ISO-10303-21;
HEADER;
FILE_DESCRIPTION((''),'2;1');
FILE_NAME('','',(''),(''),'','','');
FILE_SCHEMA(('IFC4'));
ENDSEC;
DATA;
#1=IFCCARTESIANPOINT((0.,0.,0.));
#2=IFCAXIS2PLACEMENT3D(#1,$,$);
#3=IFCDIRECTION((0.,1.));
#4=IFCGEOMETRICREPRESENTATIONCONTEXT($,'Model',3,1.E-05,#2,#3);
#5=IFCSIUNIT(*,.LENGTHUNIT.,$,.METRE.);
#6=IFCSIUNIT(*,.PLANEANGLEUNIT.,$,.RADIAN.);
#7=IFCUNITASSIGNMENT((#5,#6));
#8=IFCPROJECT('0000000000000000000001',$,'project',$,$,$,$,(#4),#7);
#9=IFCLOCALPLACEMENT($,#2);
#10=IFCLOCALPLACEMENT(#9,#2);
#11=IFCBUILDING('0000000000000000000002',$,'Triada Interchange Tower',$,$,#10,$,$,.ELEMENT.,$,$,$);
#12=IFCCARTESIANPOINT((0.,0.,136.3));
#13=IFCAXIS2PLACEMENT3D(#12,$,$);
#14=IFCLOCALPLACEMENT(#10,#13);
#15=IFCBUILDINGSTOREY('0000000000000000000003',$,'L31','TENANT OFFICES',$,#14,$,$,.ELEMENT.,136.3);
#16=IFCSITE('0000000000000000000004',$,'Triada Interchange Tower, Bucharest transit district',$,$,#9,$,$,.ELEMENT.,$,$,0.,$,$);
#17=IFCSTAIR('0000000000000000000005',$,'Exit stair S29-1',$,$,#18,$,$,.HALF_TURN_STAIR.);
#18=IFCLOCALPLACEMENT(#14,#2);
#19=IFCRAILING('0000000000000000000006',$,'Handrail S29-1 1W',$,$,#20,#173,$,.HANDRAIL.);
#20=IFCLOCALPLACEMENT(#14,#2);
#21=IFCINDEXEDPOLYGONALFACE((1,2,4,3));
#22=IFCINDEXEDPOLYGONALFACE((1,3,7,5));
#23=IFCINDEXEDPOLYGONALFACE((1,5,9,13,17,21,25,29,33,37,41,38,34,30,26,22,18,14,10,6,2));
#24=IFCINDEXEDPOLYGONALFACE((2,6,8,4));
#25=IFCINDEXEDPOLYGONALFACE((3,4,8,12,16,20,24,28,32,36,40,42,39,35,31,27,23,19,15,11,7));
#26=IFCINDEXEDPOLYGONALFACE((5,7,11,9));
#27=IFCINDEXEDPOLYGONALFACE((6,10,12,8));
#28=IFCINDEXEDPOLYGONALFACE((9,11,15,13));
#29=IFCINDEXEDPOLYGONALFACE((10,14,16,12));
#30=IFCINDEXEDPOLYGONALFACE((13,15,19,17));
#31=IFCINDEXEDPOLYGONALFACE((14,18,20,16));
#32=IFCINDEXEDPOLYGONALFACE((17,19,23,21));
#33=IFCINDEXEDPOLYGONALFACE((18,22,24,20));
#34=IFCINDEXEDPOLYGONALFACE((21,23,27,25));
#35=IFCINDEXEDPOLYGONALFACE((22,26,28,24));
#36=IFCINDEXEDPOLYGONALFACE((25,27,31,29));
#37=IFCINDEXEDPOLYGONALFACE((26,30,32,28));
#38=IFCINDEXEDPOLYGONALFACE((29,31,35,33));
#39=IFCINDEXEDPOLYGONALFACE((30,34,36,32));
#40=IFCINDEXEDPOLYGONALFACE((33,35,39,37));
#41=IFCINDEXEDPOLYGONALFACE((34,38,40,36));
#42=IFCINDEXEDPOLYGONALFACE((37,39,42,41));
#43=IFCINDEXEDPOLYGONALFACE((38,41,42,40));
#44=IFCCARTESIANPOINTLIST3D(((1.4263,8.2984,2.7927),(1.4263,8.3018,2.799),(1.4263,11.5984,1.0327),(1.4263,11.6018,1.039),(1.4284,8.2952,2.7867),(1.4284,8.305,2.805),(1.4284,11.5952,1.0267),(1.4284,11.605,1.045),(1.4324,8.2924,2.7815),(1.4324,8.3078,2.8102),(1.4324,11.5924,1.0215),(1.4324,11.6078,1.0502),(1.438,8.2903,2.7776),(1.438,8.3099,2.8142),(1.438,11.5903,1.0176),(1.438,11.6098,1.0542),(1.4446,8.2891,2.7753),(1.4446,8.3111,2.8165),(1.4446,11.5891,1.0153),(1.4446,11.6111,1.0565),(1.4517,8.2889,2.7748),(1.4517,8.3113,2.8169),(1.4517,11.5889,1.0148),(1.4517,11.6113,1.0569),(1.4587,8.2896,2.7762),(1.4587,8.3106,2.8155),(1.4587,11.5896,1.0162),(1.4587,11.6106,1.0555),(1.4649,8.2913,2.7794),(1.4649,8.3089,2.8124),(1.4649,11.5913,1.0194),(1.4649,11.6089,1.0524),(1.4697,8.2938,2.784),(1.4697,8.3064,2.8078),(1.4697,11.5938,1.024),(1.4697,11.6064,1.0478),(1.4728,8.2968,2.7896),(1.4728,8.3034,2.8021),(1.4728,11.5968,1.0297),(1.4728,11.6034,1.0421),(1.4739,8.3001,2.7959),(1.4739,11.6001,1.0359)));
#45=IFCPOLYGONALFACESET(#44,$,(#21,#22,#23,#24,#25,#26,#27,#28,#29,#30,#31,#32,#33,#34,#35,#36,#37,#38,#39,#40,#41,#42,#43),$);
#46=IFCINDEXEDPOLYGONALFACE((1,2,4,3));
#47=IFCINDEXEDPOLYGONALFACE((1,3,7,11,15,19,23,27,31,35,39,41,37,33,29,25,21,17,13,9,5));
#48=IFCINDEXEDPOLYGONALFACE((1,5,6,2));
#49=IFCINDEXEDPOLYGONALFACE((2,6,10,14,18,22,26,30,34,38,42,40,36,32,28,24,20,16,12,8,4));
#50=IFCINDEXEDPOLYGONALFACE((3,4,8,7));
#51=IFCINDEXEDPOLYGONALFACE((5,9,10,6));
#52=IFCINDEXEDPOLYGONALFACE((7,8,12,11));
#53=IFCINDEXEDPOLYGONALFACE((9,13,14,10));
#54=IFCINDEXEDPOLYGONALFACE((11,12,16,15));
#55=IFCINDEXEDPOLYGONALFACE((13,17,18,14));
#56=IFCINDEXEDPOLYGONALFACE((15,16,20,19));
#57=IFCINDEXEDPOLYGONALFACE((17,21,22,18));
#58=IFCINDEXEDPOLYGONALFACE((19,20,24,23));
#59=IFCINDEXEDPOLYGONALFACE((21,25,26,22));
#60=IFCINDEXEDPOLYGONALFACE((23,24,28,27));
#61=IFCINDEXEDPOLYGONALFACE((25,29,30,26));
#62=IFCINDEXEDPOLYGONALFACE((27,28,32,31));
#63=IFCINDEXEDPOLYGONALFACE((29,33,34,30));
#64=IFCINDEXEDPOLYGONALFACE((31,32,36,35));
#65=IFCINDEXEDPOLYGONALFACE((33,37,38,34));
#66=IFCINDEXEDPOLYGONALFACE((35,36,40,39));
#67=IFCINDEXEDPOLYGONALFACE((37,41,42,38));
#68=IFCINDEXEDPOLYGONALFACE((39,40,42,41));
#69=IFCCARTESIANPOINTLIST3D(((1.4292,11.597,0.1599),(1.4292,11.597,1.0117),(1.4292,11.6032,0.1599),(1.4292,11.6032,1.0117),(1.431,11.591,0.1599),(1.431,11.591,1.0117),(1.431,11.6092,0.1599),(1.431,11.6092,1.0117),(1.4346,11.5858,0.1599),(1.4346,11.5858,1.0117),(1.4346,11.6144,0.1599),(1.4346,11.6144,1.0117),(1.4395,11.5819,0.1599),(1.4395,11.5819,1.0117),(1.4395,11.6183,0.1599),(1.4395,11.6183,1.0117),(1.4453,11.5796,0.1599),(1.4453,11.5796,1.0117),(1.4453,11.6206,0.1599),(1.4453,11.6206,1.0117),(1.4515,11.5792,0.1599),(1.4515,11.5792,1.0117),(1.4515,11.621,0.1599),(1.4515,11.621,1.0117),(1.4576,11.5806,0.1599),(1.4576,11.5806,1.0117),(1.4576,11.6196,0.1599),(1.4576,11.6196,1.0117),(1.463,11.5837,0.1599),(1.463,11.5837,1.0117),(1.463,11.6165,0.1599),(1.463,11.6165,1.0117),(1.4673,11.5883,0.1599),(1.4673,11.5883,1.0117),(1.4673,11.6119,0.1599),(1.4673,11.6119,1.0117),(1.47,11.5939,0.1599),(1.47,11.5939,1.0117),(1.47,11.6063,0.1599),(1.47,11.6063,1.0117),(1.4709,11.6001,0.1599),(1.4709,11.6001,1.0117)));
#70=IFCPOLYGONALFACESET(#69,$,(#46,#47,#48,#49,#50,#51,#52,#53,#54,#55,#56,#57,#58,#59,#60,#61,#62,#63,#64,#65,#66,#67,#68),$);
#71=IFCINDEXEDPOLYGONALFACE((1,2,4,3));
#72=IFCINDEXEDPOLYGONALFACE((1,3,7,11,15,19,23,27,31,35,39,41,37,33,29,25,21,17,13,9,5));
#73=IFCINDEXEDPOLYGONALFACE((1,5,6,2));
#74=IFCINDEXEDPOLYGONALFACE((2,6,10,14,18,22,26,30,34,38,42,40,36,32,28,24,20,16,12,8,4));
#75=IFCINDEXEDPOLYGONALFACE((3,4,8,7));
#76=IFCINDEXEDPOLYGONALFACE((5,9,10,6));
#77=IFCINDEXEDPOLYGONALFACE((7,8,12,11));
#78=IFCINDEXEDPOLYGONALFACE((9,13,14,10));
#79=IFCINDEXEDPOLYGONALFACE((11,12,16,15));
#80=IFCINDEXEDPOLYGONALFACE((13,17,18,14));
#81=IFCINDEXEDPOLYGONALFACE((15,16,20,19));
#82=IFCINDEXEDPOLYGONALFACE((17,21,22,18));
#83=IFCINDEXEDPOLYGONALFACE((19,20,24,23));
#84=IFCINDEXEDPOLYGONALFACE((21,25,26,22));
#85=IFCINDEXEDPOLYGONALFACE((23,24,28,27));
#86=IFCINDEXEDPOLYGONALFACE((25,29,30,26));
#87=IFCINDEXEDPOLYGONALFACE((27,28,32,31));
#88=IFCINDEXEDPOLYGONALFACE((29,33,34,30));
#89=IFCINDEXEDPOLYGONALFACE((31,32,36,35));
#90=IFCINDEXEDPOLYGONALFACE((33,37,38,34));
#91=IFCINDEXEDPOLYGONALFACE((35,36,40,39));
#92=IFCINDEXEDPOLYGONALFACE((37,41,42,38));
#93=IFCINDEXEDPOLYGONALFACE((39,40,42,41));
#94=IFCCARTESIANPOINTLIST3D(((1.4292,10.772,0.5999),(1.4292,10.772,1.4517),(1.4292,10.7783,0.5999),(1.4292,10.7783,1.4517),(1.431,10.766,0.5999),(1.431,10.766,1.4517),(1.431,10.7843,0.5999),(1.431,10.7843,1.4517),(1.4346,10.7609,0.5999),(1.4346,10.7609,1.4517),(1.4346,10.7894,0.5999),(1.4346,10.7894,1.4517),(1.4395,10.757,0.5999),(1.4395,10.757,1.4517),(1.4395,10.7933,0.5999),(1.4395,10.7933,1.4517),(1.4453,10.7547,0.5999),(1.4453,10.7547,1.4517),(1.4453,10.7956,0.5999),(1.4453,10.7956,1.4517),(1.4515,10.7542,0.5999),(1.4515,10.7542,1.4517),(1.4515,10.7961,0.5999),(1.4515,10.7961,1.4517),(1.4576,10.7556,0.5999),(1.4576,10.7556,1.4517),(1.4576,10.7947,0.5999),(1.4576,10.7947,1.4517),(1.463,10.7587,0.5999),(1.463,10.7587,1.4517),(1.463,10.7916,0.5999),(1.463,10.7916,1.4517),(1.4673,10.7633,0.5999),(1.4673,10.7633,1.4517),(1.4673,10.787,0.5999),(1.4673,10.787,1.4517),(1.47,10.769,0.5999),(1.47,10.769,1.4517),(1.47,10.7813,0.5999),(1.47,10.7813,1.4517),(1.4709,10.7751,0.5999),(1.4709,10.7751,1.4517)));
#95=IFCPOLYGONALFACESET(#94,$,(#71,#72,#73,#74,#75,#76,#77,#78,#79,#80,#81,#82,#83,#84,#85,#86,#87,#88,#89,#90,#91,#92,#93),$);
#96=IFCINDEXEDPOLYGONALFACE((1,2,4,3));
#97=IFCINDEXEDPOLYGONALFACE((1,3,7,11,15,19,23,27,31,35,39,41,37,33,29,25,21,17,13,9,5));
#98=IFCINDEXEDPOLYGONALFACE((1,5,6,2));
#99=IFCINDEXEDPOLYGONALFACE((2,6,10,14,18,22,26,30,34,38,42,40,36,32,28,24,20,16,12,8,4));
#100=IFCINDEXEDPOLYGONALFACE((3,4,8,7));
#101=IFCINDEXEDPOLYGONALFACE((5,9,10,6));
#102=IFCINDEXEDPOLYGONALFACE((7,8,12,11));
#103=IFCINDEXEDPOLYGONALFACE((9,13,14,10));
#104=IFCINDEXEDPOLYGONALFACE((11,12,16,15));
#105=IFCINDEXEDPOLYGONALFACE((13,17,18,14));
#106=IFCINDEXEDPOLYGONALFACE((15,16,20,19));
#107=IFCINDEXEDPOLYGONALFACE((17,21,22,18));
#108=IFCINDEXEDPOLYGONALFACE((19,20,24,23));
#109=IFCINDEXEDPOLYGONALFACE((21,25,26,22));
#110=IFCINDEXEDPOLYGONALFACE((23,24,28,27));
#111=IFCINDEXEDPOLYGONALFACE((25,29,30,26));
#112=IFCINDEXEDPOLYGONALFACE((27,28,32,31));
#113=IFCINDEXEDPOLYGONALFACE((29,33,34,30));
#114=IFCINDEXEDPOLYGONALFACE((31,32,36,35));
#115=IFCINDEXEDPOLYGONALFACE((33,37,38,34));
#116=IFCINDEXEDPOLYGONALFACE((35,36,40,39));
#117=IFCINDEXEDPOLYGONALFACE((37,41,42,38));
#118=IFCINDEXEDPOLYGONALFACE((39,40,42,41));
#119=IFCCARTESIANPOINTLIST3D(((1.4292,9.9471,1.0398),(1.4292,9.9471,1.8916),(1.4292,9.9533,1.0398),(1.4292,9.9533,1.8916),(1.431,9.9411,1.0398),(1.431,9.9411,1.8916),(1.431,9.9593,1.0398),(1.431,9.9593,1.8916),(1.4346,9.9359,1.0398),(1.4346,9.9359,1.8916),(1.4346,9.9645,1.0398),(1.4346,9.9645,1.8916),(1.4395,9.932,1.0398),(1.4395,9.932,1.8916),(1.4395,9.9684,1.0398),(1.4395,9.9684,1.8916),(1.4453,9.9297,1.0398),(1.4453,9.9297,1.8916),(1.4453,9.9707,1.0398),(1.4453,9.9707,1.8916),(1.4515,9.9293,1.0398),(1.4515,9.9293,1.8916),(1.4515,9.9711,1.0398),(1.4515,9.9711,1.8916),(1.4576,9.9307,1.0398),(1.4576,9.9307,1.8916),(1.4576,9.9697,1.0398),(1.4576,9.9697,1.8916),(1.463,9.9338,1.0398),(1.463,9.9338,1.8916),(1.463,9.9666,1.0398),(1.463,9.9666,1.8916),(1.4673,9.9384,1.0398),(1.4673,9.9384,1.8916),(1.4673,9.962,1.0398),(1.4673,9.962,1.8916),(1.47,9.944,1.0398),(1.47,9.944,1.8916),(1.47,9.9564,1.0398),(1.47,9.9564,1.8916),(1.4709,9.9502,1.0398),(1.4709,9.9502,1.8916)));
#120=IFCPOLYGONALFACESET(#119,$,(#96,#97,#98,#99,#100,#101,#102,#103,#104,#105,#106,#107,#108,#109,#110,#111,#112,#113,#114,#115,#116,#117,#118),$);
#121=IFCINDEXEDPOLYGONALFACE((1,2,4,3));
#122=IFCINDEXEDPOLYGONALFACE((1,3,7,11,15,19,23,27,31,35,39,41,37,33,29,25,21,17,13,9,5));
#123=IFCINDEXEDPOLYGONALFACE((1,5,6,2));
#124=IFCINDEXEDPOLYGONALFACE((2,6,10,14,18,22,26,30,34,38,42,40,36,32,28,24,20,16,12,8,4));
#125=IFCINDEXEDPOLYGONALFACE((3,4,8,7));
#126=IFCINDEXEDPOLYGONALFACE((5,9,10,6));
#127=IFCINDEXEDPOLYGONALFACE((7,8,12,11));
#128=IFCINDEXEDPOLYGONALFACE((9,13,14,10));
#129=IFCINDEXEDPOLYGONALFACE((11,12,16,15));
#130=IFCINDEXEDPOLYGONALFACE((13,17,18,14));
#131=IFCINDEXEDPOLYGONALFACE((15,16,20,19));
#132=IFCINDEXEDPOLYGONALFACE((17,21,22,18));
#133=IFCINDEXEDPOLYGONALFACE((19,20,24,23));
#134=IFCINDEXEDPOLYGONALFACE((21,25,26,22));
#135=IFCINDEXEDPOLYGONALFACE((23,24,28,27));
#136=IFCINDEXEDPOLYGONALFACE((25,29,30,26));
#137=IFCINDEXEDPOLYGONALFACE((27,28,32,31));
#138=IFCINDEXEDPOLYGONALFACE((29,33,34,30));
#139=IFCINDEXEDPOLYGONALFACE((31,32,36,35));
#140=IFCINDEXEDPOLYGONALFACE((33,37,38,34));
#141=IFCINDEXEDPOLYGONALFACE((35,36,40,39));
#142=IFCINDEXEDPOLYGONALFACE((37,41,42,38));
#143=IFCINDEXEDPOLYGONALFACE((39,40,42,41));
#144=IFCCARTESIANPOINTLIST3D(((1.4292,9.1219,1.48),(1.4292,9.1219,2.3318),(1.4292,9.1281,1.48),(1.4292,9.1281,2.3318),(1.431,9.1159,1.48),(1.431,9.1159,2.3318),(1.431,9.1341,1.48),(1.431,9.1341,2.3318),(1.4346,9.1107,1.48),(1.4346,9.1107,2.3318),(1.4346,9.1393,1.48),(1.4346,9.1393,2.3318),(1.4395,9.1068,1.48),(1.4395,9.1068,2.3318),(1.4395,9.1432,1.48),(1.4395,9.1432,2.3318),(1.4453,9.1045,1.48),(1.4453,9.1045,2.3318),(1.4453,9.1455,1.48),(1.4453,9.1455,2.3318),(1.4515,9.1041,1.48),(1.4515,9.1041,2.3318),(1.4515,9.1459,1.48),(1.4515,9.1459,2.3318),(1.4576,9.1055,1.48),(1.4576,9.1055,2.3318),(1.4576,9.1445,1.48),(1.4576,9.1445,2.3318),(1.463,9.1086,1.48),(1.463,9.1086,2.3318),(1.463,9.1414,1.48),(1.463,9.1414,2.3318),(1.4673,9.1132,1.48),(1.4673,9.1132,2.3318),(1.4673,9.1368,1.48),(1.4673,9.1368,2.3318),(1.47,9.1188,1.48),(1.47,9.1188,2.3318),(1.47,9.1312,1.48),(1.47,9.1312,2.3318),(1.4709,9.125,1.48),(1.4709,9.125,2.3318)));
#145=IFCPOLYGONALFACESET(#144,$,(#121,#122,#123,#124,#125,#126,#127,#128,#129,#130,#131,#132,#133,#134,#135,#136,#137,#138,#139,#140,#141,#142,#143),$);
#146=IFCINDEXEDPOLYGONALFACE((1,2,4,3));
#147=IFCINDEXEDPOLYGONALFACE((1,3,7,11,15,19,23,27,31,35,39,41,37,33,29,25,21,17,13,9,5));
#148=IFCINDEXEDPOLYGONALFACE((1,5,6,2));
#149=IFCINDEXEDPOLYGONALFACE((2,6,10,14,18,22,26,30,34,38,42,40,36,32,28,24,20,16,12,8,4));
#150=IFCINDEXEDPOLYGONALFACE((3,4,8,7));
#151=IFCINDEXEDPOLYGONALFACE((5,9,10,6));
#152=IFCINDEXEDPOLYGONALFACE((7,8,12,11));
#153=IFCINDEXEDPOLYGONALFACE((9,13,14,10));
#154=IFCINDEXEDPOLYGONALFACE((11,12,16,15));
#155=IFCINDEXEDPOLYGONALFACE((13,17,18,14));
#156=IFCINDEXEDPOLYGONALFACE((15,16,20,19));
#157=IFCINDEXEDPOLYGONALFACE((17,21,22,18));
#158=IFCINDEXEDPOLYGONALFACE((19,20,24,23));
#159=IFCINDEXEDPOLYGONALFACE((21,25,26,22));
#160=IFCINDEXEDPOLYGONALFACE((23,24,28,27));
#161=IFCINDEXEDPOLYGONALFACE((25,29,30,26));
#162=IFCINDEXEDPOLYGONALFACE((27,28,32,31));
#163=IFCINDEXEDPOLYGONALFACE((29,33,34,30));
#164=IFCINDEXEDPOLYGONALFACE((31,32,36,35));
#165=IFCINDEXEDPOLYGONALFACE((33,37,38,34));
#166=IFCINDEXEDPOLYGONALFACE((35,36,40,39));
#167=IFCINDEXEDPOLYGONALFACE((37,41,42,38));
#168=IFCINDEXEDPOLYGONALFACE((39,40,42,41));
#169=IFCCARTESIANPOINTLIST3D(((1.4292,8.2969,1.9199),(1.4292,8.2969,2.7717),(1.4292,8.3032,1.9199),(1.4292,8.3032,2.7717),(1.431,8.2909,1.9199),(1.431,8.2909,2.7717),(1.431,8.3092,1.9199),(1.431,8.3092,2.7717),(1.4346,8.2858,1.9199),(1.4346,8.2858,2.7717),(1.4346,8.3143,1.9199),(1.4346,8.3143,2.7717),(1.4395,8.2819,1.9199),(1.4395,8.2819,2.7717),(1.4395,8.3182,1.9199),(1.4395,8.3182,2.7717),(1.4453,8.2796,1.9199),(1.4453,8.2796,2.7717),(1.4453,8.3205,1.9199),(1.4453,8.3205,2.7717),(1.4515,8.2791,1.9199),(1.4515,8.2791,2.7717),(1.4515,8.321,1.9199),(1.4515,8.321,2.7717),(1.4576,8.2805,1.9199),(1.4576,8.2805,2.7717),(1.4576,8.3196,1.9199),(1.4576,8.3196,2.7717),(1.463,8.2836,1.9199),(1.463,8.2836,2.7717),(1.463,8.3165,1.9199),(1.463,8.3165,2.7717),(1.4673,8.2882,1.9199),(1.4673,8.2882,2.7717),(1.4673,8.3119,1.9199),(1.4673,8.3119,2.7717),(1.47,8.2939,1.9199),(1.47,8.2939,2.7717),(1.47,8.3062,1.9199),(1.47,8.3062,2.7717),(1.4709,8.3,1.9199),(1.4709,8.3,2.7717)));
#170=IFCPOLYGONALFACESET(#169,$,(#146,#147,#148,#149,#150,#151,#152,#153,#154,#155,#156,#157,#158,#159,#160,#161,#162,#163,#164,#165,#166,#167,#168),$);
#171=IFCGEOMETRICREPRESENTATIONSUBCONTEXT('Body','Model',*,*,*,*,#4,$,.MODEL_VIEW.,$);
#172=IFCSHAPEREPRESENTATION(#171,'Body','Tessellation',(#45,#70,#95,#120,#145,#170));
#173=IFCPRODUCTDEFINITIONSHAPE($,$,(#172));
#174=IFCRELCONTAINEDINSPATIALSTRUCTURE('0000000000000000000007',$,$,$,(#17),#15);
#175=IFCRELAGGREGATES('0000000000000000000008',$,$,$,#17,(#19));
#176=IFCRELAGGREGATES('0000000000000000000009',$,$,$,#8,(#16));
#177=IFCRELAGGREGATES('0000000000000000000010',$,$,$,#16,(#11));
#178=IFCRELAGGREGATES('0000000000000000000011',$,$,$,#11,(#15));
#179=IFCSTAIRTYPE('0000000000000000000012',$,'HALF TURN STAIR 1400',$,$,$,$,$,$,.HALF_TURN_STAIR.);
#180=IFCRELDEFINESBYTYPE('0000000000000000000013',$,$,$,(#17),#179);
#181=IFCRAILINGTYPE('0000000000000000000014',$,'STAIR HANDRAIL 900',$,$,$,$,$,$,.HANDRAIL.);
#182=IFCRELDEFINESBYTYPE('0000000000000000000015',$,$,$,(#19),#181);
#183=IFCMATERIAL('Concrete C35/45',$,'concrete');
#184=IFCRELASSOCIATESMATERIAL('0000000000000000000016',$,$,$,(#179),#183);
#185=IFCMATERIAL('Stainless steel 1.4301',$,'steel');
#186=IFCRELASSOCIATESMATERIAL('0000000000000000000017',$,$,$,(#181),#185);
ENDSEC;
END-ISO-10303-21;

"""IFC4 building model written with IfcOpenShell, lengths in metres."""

from ifc_helpers import new_model, si_unit, direction, frame, origin, origin_2d, place, context, subcontext, project, spatial, circle, extrude, material, type_object, element, aggregate, save


model = new_model("IFC4")

# Units and contexts
model_context = context("Model", 3, precision=1e-05, world=origin(), true_north=direction((0.0, 1.0)))
body_context = subcontext(model_context, "Body", "Model", "MODEL_VIEW")
ifc_project = project(units=[si_unit("LENGTHUNIT", "METRE"), si_unit("PLANEANGLEUNIT", "RADIAN")], contexts=[model_context])

# Site, building, storey
site_placement = place(None, origin())
site = spatial("IfcSite", under=ifc_project, at=site_placement, Name="Triada Interchange Tower, Bucharest transit district", CompositionType="ELEMENT", RefElevation=0.0)
building_placement = place(site_placement, origin())
building = spatial("IfcBuilding", under=site, at=building_placement, Name="Triada Interchange Tower", CompositionType="ELEMENT")
storey_placement = place(building_placement, frame((0.0, 0.0, 136.3)))
storey = spatial("IfcBuildingStorey", under=building, at=storey_placement, Name="L31", Description="TENANT OFFICES", CompositionType="ELEMENT", Elevation=136.3)

# Stair
ifc_material_1 = material(Name="Concrete C35/45", Category="concrete")
stair_type = type_object("IfcStairType", Name="HALF TURN STAIR 1400", PredefinedType="HALF_TURN_STAIR", material=ifc_material_1)
stair_placement = place(storey_placement, origin())
stair = element("IfcStair", 1, at=stair_placement, inside=storey, type_object=stair_type, Name="Exit stair S29-1", PredefinedType="HALF_TURN_STAIR")

# Railing
ifc_material_2 = material(Name="Stainless steel 1.4301", Category="steel")
railing_type = type_object("IfcRailingType", Name="STAIR HANDRAIL 900", PredefinedType="HANDRAIL", material=ifc_material_2)
railing_1_placement = place(storey_placement, frame((1.45, 11.6001, 0.1599)))
railing_1 = element("IfcRailing", 2, at=railing_1_placement, type_object=railing_type, Name="Handrail S29-1 1W", PredefinedType="HANDRAIL", context=body_context, shape_type="SweptSolid", body=[
    extrude(circle(Radius=0.0239, at=origin_2d()), frame((0.0, 0.0, 0.876), z_axis=(0.0, -0.882355, 0.470585), x_axis=(1.0, 0.0, 0.0)), (0.0, 0.0, 1.0), 3.74),
    extrude(circle(Radius=0.021, at=origin_2d()), origin(), (0.0, 0.0, 1.0), 0.8518),
    extrude(circle(Radius=0.021, at=origin_2d()), frame((0.0, -0.825, 0.4399)), (0.0, 0.0, 1.0), 0.8518),
    extrude(circle(Radius=0.021, at=origin_2d()), frame((0.0, -1.6499, 0.8799)), (0.0, 0.0, 1.0), 0.8518),
    extrude(circle(Radius=0.021, at=origin_2d()), frame((0.0, -2.4751, 1.3201)), (0.0, 0.0, 1.0), 0.8518),
    extrude(circle(Radius=0.021, at=origin_2d()), frame((0.0, -3.3, 1.76)), (0.0, 0.0, 1.0), 0.8518),
])
aggregate(stair, [railing_1])

save(model, "model.ifc")
